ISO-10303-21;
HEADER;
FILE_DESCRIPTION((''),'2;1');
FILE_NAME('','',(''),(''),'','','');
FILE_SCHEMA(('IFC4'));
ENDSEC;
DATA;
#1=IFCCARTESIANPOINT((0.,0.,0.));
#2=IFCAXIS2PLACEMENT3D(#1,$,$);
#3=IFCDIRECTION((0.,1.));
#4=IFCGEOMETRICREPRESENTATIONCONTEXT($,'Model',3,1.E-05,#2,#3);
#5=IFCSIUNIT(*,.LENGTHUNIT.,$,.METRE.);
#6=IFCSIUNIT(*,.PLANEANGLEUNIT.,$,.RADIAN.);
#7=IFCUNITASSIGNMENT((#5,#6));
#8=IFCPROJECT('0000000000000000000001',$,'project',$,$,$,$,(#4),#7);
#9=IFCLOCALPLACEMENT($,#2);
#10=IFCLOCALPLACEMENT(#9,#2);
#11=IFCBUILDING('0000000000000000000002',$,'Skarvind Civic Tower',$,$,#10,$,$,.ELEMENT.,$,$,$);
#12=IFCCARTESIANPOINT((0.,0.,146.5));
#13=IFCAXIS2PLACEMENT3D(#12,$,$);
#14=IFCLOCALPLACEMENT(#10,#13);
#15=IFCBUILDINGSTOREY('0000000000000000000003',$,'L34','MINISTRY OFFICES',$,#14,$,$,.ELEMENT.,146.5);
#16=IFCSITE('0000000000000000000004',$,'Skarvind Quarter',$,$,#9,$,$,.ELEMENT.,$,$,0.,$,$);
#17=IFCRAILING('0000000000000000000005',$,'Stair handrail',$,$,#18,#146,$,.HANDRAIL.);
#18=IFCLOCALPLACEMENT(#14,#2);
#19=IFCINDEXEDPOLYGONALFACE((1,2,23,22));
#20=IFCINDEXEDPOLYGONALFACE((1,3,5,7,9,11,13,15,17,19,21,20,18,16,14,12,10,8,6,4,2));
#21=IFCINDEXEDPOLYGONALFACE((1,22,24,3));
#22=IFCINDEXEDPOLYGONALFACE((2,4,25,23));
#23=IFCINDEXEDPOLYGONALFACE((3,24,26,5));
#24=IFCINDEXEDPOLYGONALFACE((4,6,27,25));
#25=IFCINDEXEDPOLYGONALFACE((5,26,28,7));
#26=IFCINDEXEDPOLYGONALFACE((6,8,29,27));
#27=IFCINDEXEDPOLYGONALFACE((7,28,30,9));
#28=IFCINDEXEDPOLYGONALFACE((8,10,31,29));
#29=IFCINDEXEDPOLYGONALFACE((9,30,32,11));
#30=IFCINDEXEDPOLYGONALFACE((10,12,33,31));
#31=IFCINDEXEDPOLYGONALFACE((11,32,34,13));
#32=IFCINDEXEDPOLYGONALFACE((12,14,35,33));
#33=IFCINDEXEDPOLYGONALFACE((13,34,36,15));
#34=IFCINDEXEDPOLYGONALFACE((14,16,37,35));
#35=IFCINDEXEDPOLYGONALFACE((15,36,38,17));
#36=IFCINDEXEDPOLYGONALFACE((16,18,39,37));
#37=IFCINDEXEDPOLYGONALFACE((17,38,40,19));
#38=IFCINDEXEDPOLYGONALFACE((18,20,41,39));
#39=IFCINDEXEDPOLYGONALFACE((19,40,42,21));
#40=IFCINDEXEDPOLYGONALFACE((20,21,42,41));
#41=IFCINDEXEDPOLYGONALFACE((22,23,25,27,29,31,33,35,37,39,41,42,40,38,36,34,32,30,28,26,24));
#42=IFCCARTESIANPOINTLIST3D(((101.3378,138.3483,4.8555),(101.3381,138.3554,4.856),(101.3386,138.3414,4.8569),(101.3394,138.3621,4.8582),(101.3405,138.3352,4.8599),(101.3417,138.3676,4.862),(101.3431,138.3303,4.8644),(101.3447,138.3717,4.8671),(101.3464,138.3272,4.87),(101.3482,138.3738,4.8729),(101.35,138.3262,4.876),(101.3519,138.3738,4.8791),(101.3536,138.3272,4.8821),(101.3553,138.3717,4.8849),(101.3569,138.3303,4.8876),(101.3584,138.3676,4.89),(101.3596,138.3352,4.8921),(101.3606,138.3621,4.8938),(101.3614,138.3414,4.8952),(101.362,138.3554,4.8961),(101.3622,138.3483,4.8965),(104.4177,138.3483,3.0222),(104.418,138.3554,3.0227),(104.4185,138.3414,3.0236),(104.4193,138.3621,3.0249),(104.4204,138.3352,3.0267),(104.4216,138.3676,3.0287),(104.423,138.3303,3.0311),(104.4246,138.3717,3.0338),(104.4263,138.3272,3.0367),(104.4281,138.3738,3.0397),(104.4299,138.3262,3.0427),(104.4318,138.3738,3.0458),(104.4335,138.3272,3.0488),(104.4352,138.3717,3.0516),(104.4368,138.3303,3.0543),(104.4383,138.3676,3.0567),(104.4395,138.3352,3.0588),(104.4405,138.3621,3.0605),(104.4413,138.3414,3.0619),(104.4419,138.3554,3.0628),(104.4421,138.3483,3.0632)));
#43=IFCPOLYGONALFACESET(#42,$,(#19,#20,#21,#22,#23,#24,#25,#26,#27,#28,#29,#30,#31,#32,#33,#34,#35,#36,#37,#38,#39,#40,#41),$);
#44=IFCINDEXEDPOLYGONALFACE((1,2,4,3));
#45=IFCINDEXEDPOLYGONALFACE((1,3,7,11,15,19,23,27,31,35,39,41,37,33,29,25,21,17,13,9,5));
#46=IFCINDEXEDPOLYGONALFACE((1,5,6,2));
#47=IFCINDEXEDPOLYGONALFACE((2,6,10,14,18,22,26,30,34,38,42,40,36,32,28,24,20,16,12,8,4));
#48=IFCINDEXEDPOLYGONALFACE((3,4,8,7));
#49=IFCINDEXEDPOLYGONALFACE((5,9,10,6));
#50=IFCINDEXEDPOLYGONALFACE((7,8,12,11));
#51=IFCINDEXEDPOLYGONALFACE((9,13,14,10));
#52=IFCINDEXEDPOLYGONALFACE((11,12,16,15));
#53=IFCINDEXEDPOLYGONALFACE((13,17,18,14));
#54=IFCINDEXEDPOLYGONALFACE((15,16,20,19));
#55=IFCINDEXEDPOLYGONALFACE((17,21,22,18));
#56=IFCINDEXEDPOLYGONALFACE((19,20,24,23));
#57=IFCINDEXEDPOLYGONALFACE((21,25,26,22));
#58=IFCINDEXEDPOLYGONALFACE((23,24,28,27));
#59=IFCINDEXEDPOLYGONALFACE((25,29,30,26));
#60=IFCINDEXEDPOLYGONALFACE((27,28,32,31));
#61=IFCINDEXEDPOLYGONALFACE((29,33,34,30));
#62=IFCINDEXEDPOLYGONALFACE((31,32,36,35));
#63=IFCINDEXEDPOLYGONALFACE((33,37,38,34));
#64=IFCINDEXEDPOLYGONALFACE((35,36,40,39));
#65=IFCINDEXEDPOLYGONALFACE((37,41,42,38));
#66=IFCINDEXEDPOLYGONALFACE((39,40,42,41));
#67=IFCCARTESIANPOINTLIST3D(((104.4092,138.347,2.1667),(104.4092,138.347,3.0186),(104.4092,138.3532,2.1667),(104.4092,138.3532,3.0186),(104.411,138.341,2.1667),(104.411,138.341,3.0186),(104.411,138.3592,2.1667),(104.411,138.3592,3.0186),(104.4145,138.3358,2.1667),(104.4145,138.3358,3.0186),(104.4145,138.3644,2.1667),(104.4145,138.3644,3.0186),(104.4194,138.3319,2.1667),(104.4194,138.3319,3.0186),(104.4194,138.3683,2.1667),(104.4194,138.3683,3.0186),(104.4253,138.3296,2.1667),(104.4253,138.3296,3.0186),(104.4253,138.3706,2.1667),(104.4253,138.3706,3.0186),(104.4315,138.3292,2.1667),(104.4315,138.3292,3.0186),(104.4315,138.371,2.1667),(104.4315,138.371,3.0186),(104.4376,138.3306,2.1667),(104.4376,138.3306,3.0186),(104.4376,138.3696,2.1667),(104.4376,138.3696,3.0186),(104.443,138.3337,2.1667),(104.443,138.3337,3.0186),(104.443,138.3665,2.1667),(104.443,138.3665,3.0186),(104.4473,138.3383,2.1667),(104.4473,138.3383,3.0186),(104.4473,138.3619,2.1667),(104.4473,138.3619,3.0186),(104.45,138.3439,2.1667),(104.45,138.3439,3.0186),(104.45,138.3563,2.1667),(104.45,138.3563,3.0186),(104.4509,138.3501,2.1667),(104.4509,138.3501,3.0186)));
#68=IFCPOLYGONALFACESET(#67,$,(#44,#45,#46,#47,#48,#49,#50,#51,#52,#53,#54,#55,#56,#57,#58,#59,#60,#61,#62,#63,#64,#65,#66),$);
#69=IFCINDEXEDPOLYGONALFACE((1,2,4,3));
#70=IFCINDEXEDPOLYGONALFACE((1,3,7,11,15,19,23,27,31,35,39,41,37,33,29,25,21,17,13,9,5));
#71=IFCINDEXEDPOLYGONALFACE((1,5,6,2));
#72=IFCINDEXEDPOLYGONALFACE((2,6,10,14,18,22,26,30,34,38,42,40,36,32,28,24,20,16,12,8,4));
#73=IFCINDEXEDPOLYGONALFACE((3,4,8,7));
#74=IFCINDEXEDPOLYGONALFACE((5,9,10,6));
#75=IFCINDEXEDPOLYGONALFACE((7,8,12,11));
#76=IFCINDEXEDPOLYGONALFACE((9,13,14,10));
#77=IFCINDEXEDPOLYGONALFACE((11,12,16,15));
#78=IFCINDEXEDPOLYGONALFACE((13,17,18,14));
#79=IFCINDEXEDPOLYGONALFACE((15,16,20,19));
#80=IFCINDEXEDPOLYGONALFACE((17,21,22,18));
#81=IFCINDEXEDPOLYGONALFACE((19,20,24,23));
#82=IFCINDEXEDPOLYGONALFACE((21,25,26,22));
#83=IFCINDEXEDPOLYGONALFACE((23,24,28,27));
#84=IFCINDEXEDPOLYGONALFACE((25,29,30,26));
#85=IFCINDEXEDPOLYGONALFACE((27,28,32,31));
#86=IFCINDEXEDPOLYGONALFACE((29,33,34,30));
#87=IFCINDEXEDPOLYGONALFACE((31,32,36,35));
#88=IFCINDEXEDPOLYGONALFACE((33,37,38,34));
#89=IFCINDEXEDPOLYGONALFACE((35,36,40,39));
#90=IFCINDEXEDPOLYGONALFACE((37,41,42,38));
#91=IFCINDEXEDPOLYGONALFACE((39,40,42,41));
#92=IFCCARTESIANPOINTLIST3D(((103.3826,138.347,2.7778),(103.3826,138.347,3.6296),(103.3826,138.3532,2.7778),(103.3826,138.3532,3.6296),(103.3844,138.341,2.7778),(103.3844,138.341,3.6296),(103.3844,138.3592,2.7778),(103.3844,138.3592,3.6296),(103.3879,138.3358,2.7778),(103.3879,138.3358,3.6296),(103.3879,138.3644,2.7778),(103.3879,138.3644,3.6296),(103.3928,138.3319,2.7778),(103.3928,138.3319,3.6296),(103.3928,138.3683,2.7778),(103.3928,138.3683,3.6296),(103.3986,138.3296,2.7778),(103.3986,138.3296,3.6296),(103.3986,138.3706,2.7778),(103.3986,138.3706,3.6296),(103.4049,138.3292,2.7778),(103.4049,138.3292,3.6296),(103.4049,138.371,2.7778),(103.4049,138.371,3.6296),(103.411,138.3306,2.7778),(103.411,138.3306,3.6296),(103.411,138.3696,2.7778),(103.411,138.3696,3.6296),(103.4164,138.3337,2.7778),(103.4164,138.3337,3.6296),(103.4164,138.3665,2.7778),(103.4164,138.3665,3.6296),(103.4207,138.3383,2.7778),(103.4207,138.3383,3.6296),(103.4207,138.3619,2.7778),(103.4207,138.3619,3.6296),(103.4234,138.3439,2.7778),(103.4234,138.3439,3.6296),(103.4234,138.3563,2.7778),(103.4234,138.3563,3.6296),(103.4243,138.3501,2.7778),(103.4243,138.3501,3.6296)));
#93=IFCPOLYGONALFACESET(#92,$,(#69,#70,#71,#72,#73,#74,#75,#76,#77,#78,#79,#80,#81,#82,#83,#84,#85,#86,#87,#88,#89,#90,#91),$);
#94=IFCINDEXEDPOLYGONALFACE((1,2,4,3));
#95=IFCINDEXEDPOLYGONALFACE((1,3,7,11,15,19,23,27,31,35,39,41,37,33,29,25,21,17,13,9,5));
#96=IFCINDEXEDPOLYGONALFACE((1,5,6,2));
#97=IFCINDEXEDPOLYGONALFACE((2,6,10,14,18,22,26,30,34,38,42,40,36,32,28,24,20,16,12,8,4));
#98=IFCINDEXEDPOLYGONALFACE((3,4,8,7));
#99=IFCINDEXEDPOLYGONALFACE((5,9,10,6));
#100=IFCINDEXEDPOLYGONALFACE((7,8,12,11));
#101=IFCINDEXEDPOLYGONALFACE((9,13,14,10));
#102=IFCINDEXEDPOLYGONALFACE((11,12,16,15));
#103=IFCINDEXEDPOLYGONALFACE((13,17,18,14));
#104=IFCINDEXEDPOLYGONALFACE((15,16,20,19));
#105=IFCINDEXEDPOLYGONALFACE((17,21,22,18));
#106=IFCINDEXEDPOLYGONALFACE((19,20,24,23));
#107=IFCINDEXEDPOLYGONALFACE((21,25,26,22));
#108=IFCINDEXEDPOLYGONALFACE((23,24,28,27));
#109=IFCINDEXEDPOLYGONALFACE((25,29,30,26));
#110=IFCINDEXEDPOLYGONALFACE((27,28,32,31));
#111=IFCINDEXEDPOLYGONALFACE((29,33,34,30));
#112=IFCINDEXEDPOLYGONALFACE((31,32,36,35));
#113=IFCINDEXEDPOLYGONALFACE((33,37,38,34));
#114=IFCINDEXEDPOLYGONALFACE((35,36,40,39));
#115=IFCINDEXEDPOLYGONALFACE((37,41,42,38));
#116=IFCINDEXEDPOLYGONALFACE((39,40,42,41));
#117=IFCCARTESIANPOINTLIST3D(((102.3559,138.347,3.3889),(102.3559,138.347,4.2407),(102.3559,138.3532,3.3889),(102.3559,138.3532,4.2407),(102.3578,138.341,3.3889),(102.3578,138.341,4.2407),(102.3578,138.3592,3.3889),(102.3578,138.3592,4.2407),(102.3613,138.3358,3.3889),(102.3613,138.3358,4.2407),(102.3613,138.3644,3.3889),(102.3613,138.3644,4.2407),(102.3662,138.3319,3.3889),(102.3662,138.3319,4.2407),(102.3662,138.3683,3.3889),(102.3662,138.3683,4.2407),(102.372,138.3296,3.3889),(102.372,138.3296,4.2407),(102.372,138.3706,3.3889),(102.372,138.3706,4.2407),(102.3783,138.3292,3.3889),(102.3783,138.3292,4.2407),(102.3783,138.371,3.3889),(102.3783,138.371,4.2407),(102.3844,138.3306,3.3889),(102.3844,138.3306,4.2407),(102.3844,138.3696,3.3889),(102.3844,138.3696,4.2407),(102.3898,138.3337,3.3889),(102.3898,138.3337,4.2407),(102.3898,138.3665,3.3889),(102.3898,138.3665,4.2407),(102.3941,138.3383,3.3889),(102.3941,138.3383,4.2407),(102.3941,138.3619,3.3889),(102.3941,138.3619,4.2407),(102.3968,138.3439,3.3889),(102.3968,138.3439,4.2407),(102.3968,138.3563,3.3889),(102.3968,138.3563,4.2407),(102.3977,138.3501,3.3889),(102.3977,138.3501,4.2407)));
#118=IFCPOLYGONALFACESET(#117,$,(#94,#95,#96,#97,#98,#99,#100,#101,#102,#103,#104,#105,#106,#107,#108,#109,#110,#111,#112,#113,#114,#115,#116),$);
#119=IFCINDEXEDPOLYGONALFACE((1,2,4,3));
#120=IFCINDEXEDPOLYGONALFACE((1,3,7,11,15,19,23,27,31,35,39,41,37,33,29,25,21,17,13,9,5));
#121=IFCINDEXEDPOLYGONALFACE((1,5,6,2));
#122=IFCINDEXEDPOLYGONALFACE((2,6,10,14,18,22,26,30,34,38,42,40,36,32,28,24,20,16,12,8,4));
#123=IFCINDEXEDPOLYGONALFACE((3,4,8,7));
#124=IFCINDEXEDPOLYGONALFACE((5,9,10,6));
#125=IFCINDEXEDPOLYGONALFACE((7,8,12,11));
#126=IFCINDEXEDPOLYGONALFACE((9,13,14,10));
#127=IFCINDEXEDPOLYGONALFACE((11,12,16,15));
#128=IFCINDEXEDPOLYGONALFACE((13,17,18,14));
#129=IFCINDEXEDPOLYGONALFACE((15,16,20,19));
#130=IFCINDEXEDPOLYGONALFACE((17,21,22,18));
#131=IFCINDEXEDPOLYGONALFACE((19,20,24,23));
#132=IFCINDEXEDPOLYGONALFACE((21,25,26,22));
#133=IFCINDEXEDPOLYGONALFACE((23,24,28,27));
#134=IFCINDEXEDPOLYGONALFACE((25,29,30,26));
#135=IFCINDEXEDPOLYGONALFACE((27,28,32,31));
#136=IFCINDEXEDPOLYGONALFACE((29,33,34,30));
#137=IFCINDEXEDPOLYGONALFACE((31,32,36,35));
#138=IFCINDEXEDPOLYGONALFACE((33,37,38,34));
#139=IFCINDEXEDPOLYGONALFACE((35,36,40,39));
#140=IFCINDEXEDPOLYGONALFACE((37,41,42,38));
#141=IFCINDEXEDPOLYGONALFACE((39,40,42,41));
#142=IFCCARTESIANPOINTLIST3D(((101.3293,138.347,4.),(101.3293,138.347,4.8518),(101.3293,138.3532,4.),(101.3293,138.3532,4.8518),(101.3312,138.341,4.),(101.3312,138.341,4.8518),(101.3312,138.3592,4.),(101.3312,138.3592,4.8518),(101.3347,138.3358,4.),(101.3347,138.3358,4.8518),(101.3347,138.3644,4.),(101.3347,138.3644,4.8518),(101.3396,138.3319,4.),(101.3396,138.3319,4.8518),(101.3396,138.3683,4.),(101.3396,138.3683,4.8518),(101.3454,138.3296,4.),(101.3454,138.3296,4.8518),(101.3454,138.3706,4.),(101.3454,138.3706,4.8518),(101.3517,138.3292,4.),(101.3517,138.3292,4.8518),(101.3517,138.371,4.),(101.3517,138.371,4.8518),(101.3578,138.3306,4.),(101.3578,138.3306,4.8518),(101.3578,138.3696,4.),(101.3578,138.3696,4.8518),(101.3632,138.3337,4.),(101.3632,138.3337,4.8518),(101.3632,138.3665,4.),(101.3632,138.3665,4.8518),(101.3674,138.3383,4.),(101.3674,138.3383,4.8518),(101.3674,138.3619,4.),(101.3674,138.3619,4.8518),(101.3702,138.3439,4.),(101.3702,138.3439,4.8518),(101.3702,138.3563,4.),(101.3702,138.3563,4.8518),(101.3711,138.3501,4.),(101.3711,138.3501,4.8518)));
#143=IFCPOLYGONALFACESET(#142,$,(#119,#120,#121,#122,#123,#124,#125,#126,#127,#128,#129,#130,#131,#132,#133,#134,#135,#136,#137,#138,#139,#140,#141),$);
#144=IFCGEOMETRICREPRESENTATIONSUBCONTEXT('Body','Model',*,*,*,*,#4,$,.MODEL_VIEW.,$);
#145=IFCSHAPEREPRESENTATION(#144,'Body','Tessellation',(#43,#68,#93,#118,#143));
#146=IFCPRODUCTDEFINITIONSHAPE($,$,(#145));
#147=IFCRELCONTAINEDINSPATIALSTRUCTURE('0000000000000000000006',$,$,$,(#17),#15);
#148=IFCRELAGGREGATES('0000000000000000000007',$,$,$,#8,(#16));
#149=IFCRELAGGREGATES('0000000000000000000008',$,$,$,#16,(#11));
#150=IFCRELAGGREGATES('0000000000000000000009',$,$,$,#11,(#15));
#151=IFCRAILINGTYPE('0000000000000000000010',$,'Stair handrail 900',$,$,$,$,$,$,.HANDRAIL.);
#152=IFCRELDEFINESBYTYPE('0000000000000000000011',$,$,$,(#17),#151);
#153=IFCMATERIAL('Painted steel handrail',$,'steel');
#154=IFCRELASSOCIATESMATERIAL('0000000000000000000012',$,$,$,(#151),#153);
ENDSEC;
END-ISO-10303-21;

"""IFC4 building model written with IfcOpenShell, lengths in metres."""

from ifc_helpers import new_model, si_unit, direction, frame, origin, origin_2d, place, context, subcontext, project, spatial, circle, extrude, material, type_object, element, save


model = new_model("IFC4")

# Units and contexts
model_context = context("Model", 3, precision=1e-05, world=origin(), true_north=direction((0.0, 1.0)))
body_context = subcontext(model_context, "Body", "Model", "MODEL_VIEW")
ifc_project = project(units=[si_unit("LENGTHUNIT", "METRE"), si_unit("PLANEANGLEUNIT", "RADIAN")], contexts=[model_context])

# Site, building, storey
site_placement = place(None, origin())
site = spatial("IfcSite", under=ifc_project, at=site_placement, Name="Skarvind Quarter", CompositionType="ELEMENT", RefElevation=0.0)
building_placement = place(site_placement, origin())
building = spatial("IfcBuilding", under=site, at=building_placement, Name="Skarvind Civic Tower", CompositionType="ELEMENT")
storey_placement = place(building_placement, frame((0.0, 0.0, 146.5)))
storey = spatial("IfcBuildingStorey", under=building, at=storey_placement, Name="L34", Description="MINISTRY OFFICES", CompositionType="ELEMENT", Elevation=146.5)

# Railing
ifc_material_1 = material(Name="Painted steel handrail", Category="steel")
railing_type = type_object("IfcRailingType", Name="Stair handrail 900", PredefinedType="HANDRAIL", material=ifc_material_1)
railing_1_placement = place(storey_placement, frame((104.4299, 138.3501, 2.1667)))
element("IfcRailing", 1, at=railing_1_placement, inside=storey, type_object=railing_type, Name="Stair handrail", PredefinedType="HANDRAIL", context=body_context, shape_type="SweptSolid", body=[
    extrude(circle(Radius=0.0239, at=origin_2d()), frame((0.0, 0.0, 0.876), z_axis=(-0.859291, 0.0, 0.511487), x_axis=(0.0, -1.0, 0.0)), (0.0, 0.0, 1.0), 3.5842),
    extrude(circle(Radius=0.021, at=origin_2d()), origin(), (0.0, 0.0, 1.0), 0.8518),
    extrude(circle(Radius=0.021, at=origin_2d()), frame((-1.0266, 0.0, 0.6111)), (0.0, 0.0, 1.0), 0.8518),
    extrude(circle(Radius=0.021, at=origin_2d()), frame((-2.0532, 0.0, 1.2222)), (0.0, 0.0, 1.0), 0.8518),
    extrude(circle(Radius=0.021, at=origin_2d()), frame((-3.0798, 0.0, 1.8333)), (0.0, 0.0, 1.0), 0.8518),
])

save(model, "model.ifc")
